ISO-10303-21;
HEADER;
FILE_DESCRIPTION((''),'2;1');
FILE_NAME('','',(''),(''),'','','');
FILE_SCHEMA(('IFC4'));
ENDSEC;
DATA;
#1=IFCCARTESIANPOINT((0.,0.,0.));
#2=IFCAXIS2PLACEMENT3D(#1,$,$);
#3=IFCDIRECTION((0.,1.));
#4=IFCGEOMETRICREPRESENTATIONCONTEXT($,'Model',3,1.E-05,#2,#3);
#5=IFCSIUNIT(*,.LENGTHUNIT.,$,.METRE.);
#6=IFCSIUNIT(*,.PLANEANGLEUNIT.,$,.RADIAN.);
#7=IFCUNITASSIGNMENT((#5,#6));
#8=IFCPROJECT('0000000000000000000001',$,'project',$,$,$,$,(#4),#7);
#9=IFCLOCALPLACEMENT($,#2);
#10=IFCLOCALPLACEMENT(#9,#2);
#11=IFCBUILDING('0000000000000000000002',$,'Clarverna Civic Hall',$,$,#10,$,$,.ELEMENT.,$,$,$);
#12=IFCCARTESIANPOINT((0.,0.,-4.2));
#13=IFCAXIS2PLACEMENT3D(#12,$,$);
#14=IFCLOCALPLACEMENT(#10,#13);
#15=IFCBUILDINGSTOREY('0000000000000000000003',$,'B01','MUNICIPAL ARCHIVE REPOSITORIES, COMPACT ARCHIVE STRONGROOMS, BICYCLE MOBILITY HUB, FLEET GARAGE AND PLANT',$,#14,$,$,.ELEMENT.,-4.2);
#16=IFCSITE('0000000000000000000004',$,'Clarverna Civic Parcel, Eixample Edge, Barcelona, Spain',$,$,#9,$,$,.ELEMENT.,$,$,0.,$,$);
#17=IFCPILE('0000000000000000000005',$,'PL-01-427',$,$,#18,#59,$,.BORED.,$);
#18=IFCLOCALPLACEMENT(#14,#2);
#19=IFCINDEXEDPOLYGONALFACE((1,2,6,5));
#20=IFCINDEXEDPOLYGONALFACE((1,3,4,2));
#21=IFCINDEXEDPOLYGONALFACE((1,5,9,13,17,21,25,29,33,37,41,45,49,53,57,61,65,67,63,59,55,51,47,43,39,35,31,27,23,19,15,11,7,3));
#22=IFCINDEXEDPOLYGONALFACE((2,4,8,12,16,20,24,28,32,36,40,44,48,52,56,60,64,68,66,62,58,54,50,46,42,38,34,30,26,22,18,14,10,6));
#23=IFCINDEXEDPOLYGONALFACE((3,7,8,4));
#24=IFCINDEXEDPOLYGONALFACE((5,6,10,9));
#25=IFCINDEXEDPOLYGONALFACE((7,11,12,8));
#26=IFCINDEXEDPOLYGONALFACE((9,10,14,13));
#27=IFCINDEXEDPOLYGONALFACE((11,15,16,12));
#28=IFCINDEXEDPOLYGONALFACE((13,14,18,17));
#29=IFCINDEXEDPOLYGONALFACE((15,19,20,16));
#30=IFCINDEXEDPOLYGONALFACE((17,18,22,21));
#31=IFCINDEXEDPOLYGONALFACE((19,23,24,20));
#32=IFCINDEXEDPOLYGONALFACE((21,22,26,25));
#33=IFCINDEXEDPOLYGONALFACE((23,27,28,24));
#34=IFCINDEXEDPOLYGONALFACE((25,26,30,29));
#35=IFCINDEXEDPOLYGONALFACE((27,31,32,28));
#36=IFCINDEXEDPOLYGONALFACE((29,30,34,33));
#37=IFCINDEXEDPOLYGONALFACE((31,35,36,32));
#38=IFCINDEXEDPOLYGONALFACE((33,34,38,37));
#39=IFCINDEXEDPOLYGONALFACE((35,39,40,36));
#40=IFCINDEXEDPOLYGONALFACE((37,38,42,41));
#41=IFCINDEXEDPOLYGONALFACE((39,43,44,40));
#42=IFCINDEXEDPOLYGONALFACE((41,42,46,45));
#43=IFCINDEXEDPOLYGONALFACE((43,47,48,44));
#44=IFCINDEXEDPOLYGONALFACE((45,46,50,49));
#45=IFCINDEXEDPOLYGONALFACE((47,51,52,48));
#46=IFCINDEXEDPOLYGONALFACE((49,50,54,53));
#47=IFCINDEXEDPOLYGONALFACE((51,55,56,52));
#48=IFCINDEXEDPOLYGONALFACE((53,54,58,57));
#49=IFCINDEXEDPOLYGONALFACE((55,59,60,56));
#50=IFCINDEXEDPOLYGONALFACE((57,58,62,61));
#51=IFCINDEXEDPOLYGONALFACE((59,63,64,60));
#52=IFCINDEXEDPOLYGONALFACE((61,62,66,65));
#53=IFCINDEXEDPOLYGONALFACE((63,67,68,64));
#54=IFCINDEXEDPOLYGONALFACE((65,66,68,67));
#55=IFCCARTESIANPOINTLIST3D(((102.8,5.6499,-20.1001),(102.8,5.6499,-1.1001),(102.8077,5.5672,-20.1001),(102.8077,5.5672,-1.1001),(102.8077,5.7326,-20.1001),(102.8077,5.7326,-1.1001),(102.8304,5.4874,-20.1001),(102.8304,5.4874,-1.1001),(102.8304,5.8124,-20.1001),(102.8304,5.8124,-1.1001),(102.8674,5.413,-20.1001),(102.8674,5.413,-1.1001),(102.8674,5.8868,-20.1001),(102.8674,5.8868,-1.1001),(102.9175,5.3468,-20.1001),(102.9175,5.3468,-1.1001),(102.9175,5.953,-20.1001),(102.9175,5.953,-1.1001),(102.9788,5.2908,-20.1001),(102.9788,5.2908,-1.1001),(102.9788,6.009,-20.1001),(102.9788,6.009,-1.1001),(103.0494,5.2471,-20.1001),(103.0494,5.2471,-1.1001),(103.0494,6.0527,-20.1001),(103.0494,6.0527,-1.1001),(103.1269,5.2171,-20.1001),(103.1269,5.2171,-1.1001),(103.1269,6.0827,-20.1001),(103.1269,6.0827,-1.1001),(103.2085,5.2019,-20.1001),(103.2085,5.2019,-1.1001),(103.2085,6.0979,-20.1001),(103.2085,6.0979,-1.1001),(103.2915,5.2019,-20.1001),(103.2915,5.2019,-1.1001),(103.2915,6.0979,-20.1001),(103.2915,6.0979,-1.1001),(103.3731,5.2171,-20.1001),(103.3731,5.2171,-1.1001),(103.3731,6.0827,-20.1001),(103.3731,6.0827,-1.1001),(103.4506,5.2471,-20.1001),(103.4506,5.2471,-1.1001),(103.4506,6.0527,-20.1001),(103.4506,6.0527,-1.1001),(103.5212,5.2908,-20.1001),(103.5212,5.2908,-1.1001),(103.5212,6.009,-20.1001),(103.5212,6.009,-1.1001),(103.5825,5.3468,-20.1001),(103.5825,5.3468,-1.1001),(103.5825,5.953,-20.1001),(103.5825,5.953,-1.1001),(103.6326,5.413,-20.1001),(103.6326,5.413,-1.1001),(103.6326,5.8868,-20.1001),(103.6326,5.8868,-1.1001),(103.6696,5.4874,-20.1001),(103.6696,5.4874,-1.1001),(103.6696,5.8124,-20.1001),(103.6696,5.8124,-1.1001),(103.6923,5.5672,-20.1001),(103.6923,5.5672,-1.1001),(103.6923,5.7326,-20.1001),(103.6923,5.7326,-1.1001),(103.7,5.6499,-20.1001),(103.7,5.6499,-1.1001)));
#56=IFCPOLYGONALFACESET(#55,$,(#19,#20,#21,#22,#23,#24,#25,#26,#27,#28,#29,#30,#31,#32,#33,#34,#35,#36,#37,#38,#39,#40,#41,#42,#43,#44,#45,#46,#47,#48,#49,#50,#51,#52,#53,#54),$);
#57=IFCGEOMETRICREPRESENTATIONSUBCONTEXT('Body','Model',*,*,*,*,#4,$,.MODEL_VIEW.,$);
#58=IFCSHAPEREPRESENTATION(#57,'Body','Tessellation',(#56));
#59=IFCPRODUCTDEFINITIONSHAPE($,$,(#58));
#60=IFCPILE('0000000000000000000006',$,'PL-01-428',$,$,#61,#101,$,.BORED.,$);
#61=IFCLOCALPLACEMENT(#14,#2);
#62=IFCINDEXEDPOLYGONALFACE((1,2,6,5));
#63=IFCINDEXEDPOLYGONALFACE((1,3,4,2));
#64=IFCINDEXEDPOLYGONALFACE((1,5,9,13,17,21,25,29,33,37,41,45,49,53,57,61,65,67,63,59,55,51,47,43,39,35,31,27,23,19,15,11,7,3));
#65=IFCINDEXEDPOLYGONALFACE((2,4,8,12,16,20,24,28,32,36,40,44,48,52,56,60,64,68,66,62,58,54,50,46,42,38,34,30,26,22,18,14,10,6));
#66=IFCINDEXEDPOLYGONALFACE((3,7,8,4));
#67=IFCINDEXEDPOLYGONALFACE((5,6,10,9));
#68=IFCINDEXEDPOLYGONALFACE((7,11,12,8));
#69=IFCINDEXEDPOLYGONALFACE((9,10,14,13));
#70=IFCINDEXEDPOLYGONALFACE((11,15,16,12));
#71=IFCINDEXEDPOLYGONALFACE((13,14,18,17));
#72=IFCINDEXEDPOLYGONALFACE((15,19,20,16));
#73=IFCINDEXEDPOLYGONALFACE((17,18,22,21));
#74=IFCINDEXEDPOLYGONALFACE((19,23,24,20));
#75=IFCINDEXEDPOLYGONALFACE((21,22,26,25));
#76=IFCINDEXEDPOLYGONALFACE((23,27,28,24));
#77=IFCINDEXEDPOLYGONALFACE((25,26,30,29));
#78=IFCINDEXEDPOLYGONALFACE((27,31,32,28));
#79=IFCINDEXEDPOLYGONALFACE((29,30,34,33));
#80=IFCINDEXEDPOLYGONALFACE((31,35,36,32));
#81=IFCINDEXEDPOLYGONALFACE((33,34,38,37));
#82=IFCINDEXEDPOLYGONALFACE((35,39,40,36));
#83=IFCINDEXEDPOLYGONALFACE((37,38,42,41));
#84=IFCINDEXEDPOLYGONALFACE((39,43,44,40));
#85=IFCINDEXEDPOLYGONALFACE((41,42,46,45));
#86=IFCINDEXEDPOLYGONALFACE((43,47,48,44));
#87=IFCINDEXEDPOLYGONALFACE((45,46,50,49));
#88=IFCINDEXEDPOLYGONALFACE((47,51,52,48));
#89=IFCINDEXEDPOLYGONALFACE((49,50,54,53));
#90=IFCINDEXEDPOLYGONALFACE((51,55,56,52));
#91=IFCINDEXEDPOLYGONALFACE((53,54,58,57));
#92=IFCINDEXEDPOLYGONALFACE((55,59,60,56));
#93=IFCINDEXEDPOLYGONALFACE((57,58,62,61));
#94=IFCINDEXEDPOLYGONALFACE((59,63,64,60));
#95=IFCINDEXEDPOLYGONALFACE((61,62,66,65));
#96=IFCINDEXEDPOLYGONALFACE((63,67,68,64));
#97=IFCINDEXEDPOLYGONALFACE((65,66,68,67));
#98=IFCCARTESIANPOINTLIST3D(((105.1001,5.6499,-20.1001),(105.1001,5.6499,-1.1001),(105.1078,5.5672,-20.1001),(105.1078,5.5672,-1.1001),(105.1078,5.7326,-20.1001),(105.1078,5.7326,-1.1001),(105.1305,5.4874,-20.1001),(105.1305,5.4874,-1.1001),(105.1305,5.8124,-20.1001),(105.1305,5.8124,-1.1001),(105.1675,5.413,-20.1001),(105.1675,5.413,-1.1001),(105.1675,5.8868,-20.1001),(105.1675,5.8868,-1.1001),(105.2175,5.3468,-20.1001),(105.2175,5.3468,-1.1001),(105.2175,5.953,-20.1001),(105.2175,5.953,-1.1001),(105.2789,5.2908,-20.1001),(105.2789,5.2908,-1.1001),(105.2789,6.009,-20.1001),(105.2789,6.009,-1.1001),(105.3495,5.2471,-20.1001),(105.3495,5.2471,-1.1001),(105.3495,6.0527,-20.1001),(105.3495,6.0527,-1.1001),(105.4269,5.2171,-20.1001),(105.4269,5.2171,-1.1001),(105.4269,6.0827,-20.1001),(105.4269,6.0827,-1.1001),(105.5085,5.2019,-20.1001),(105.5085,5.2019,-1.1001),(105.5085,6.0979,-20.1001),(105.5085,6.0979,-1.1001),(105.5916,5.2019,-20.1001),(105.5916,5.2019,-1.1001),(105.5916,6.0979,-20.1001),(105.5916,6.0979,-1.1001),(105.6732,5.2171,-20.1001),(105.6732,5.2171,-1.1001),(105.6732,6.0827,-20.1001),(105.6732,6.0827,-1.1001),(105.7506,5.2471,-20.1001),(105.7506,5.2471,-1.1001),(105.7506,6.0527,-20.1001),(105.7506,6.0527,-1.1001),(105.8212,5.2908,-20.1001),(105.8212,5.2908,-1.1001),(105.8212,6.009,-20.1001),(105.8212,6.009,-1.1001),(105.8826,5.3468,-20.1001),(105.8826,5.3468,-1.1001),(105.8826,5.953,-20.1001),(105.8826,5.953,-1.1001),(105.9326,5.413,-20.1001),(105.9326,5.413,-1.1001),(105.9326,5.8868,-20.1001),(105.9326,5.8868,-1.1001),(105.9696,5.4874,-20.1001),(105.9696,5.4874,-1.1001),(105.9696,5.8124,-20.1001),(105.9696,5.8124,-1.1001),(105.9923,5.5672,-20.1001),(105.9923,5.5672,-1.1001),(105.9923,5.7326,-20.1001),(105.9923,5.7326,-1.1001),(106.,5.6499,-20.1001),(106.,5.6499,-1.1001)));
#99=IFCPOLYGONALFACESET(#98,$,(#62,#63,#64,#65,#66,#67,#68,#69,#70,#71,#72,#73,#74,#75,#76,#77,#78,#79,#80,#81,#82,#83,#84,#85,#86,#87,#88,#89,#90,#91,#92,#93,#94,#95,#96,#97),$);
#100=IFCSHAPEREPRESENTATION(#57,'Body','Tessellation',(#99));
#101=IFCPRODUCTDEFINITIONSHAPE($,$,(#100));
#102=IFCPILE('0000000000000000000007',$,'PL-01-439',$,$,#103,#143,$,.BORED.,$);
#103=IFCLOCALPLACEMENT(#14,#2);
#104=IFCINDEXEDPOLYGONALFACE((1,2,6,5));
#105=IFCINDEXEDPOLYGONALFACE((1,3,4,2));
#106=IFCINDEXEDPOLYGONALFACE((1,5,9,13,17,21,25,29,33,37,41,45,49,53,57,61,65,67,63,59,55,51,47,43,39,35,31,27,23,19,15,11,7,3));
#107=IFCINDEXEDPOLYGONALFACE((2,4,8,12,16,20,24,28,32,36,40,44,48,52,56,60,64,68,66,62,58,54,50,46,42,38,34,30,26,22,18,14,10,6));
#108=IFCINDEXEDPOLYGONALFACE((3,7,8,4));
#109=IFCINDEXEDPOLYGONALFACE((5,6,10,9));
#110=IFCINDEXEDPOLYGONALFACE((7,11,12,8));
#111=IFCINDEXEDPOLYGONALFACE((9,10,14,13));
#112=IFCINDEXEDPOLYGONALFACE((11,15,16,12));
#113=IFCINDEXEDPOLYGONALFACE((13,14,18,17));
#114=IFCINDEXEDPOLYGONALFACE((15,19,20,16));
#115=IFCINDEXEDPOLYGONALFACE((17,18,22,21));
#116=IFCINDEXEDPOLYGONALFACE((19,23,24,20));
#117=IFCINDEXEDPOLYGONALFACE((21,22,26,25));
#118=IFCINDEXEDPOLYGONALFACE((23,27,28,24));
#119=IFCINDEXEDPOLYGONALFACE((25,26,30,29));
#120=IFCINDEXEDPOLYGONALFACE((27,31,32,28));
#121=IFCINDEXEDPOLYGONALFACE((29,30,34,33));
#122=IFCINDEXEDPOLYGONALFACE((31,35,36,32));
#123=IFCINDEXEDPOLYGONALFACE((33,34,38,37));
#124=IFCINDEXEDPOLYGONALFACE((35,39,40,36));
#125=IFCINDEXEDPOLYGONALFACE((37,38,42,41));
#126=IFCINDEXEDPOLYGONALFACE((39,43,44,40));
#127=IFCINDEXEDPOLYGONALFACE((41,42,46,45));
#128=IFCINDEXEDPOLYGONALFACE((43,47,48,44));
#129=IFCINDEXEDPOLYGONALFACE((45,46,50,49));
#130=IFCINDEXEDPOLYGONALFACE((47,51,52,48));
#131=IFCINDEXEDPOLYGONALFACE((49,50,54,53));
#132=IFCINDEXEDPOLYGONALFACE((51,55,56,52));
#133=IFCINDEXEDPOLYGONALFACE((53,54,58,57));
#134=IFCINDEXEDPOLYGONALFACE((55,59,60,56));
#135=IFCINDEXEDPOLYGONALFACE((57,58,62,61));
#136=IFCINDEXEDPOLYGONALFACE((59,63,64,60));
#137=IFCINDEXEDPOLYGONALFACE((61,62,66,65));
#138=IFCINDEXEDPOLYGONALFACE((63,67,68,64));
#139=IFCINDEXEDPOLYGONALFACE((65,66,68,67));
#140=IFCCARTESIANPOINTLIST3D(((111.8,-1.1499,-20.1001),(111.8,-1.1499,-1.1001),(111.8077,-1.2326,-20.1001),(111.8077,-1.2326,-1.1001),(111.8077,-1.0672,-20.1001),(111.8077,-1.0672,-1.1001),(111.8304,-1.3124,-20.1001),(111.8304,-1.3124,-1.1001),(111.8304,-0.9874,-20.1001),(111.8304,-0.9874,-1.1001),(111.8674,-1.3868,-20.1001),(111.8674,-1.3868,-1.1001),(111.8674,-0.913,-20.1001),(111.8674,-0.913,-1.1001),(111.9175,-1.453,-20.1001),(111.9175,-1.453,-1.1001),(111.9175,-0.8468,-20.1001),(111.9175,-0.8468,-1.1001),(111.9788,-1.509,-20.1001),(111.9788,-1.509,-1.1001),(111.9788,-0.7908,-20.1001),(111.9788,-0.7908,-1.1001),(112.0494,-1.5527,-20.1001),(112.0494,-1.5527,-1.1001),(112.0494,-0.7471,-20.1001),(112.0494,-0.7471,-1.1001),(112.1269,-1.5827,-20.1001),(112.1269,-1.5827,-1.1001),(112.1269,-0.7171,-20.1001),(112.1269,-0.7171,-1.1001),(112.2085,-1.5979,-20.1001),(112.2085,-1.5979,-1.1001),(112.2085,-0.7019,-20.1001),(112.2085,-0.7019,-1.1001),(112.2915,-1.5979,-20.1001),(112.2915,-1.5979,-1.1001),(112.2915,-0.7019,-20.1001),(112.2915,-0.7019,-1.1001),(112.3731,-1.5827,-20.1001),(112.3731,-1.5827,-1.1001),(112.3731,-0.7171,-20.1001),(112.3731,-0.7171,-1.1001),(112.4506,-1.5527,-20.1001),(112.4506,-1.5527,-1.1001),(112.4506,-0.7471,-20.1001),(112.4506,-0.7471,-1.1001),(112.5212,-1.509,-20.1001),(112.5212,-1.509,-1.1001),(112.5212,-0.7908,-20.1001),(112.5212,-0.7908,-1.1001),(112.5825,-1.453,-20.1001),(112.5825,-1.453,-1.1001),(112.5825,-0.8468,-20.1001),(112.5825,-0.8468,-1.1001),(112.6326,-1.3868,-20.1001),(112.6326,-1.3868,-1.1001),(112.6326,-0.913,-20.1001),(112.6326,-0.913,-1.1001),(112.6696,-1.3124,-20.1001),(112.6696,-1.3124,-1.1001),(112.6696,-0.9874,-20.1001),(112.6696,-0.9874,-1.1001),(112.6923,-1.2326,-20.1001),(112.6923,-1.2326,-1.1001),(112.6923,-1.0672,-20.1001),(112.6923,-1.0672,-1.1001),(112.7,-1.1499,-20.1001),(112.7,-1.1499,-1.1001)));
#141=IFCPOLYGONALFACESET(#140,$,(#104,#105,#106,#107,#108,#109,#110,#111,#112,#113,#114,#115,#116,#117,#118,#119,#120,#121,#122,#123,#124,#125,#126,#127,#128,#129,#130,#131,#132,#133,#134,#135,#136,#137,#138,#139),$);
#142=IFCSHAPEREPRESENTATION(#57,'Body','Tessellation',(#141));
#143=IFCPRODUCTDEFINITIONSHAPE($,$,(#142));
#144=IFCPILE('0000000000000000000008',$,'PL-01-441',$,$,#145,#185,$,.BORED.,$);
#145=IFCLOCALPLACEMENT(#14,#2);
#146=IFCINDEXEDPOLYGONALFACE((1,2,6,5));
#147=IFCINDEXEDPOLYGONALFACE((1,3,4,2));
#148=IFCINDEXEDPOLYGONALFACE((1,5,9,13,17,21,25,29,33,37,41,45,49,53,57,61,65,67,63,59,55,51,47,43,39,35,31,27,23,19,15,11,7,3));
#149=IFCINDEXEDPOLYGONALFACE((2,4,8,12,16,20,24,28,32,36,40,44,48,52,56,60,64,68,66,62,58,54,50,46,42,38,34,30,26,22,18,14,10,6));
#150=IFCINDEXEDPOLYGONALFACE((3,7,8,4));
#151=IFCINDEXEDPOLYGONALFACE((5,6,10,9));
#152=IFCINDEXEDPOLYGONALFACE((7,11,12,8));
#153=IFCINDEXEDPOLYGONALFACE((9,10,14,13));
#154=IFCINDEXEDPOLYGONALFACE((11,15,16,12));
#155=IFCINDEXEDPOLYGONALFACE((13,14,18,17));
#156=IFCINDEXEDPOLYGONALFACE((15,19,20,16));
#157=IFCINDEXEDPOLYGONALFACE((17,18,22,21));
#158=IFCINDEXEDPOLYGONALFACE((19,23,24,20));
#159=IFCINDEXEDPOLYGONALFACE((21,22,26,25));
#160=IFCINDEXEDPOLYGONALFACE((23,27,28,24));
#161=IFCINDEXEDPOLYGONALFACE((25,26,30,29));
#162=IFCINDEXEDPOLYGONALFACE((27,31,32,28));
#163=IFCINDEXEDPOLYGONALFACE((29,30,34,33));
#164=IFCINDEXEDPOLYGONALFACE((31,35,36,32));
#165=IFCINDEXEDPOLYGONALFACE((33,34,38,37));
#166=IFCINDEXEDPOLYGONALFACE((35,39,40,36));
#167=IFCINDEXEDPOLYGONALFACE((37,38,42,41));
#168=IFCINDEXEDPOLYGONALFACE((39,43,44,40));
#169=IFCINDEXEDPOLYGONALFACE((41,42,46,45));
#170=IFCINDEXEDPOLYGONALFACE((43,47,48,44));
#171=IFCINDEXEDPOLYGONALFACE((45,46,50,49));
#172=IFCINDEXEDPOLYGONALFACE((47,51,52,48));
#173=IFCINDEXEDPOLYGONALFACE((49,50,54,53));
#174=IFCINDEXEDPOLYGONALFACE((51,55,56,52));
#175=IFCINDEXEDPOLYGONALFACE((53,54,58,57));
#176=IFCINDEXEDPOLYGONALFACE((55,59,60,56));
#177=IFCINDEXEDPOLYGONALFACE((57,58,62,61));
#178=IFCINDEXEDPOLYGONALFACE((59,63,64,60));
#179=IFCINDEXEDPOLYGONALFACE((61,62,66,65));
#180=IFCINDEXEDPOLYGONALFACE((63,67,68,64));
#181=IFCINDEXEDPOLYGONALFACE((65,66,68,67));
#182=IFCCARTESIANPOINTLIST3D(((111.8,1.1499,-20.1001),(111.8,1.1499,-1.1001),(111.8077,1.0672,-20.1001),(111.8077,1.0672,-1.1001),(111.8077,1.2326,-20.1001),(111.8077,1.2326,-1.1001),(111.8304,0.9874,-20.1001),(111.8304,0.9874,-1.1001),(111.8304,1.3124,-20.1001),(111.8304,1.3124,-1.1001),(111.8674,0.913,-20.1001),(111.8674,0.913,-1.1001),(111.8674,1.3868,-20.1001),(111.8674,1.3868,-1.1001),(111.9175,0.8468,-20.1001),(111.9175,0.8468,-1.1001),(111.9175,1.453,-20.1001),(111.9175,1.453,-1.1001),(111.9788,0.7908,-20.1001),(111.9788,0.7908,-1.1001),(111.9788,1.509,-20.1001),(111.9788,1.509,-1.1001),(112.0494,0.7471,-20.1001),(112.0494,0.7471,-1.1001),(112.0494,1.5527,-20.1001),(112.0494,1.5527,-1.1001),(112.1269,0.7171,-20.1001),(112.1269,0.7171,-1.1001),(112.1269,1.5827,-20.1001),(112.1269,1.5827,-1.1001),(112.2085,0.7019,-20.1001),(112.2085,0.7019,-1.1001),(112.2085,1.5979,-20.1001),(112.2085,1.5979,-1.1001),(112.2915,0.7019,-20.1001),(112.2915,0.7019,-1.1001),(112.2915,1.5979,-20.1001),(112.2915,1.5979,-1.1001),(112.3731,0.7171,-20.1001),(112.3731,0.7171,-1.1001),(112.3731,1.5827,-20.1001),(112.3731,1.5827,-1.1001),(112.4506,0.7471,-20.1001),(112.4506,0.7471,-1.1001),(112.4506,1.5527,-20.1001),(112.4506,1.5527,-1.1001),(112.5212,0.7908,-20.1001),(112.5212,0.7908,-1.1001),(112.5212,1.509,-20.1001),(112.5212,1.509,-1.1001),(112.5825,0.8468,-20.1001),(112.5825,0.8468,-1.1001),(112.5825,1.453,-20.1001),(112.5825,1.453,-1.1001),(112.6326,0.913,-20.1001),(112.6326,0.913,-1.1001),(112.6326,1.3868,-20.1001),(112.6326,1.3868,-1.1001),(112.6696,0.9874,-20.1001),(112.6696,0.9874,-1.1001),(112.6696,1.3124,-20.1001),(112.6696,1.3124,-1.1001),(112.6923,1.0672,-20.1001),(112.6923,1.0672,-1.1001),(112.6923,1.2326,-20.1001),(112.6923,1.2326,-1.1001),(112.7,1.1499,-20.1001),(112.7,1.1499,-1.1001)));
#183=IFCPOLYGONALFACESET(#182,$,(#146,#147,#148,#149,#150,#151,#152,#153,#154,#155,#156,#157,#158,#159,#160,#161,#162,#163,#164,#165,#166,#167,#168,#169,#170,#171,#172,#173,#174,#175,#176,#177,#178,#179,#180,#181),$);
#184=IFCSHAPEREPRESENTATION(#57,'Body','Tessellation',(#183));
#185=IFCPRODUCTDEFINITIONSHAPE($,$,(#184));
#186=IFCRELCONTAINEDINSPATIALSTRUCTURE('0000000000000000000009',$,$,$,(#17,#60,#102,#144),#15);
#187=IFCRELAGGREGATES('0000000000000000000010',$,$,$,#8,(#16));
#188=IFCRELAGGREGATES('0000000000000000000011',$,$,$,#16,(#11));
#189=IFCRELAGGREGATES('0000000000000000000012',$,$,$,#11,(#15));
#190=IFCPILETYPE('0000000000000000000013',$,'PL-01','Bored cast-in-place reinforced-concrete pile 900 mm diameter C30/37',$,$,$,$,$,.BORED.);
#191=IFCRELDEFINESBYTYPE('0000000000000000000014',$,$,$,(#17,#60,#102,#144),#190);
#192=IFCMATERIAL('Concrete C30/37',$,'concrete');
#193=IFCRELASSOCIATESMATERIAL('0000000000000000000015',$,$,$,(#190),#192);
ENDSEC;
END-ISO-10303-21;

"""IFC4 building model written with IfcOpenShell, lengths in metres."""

from ifc_helpers import new_model, si_unit, direction, frame, origin, origin_2d, place, context, subcontext, project, spatial, circle, extrude, material, material_profile, profile_set, type_object, element, save


model = new_model("IFC4")

# Units and contexts
model_context = context("Model", 3, precision=1e-05, world=origin(), true_north=direction((0.0, 1.0)))
body_context = subcontext(model_context, "Body", "Model", "MODEL_VIEW")
ifc_project = project(units=[si_unit("LENGTHUNIT", "METRE"), si_unit("PLANEANGLEUNIT", "RADIAN")], contexts=[model_context])

# Site, building, storey
site_placement = place(None, origin())
site = spatial("IfcSite", under=ifc_project, at=site_placement, Name="Clarverna Civic Parcel, Eixample Edge, Barcelona, Spain", CompositionType="ELEMENT", RefElevation=0.0)
building_placement = place(site_placement, origin())
building = spatial("IfcBuilding", under=site, at=building_placement, Name="Clarverna Civic Hall", CompositionType="ELEMENT")
storey_placement = place(building_placement, frame((0.0, 0.0, -4.2)))
storey = spatial("IfcBuildingStorey", under=building, at=storey_placement, Name="B01", Description="MUNICIPAL ARCHIVE REPOSITORIES, COMPACT ARCHIVE STRONGROOMS, BICYCLE MOBILITY HUB, FLEET GARAGE AND PLANT", CompositionType="ELEMENT", Elevation=-4.2)

# Shared definitions
ifc_material_1 = material(Name="Concrete C30/37", Category="concrete")

# Piles
ifc_material_profile_1 = material_profile(ifc_material_1, circle(Radius=0.45, at=origin_2d()), Name="BORED PILE D900")
ifc_profile_set_1 = profile_set([ifc_material_profile_1], Name="Concrete C30/37")
pile_type = type_object("IfcPileType", Name="PL-01", Description="Bored cast-in-place reinforced-concrete pile 900 mm diameter C30/37", PredefinedType="BORED", material=ifc_profile_set_1)
for number, where, z_axis, x_axis, name in (
    (1, (103.25, 5.6499, -1.1001), (0.0, 0.0, -1.0), (1.0, 0.0, 0.0), "PL-01-427"),
    (2, (105.55, 5.6499, -1.1001), (0.0, 0.0, -1.0), (1.0, 0.0, 0.0), "PL-01-428"),
    (3, (112.25, -1.1499, -1.1001), (0.0, 0.0, -1.0), (1.0, 0.0, 0.0), "PL-01-439"),
    (4, (112.25, 1.1499, -1.1001), (0.0, 0.0, -1.0), (1.0, 0.0, 0.0), "PL-01-441"),
):
    element("IfcPile", number, at=place(storey_placement, frame(where, z_axis=z_axis, x_axis=x_axis)), inside=storey, type_object=pile_type, Name=name, PredefinedType="BORED", context=body_context, shape_type="SweptSolid", body=[
        extrude(circle(Radius=0.45, at=origin_2d()), origin(), (0.0, 0.0, 1.0), 19.0),
    ])

save(model, "model.ifc")
